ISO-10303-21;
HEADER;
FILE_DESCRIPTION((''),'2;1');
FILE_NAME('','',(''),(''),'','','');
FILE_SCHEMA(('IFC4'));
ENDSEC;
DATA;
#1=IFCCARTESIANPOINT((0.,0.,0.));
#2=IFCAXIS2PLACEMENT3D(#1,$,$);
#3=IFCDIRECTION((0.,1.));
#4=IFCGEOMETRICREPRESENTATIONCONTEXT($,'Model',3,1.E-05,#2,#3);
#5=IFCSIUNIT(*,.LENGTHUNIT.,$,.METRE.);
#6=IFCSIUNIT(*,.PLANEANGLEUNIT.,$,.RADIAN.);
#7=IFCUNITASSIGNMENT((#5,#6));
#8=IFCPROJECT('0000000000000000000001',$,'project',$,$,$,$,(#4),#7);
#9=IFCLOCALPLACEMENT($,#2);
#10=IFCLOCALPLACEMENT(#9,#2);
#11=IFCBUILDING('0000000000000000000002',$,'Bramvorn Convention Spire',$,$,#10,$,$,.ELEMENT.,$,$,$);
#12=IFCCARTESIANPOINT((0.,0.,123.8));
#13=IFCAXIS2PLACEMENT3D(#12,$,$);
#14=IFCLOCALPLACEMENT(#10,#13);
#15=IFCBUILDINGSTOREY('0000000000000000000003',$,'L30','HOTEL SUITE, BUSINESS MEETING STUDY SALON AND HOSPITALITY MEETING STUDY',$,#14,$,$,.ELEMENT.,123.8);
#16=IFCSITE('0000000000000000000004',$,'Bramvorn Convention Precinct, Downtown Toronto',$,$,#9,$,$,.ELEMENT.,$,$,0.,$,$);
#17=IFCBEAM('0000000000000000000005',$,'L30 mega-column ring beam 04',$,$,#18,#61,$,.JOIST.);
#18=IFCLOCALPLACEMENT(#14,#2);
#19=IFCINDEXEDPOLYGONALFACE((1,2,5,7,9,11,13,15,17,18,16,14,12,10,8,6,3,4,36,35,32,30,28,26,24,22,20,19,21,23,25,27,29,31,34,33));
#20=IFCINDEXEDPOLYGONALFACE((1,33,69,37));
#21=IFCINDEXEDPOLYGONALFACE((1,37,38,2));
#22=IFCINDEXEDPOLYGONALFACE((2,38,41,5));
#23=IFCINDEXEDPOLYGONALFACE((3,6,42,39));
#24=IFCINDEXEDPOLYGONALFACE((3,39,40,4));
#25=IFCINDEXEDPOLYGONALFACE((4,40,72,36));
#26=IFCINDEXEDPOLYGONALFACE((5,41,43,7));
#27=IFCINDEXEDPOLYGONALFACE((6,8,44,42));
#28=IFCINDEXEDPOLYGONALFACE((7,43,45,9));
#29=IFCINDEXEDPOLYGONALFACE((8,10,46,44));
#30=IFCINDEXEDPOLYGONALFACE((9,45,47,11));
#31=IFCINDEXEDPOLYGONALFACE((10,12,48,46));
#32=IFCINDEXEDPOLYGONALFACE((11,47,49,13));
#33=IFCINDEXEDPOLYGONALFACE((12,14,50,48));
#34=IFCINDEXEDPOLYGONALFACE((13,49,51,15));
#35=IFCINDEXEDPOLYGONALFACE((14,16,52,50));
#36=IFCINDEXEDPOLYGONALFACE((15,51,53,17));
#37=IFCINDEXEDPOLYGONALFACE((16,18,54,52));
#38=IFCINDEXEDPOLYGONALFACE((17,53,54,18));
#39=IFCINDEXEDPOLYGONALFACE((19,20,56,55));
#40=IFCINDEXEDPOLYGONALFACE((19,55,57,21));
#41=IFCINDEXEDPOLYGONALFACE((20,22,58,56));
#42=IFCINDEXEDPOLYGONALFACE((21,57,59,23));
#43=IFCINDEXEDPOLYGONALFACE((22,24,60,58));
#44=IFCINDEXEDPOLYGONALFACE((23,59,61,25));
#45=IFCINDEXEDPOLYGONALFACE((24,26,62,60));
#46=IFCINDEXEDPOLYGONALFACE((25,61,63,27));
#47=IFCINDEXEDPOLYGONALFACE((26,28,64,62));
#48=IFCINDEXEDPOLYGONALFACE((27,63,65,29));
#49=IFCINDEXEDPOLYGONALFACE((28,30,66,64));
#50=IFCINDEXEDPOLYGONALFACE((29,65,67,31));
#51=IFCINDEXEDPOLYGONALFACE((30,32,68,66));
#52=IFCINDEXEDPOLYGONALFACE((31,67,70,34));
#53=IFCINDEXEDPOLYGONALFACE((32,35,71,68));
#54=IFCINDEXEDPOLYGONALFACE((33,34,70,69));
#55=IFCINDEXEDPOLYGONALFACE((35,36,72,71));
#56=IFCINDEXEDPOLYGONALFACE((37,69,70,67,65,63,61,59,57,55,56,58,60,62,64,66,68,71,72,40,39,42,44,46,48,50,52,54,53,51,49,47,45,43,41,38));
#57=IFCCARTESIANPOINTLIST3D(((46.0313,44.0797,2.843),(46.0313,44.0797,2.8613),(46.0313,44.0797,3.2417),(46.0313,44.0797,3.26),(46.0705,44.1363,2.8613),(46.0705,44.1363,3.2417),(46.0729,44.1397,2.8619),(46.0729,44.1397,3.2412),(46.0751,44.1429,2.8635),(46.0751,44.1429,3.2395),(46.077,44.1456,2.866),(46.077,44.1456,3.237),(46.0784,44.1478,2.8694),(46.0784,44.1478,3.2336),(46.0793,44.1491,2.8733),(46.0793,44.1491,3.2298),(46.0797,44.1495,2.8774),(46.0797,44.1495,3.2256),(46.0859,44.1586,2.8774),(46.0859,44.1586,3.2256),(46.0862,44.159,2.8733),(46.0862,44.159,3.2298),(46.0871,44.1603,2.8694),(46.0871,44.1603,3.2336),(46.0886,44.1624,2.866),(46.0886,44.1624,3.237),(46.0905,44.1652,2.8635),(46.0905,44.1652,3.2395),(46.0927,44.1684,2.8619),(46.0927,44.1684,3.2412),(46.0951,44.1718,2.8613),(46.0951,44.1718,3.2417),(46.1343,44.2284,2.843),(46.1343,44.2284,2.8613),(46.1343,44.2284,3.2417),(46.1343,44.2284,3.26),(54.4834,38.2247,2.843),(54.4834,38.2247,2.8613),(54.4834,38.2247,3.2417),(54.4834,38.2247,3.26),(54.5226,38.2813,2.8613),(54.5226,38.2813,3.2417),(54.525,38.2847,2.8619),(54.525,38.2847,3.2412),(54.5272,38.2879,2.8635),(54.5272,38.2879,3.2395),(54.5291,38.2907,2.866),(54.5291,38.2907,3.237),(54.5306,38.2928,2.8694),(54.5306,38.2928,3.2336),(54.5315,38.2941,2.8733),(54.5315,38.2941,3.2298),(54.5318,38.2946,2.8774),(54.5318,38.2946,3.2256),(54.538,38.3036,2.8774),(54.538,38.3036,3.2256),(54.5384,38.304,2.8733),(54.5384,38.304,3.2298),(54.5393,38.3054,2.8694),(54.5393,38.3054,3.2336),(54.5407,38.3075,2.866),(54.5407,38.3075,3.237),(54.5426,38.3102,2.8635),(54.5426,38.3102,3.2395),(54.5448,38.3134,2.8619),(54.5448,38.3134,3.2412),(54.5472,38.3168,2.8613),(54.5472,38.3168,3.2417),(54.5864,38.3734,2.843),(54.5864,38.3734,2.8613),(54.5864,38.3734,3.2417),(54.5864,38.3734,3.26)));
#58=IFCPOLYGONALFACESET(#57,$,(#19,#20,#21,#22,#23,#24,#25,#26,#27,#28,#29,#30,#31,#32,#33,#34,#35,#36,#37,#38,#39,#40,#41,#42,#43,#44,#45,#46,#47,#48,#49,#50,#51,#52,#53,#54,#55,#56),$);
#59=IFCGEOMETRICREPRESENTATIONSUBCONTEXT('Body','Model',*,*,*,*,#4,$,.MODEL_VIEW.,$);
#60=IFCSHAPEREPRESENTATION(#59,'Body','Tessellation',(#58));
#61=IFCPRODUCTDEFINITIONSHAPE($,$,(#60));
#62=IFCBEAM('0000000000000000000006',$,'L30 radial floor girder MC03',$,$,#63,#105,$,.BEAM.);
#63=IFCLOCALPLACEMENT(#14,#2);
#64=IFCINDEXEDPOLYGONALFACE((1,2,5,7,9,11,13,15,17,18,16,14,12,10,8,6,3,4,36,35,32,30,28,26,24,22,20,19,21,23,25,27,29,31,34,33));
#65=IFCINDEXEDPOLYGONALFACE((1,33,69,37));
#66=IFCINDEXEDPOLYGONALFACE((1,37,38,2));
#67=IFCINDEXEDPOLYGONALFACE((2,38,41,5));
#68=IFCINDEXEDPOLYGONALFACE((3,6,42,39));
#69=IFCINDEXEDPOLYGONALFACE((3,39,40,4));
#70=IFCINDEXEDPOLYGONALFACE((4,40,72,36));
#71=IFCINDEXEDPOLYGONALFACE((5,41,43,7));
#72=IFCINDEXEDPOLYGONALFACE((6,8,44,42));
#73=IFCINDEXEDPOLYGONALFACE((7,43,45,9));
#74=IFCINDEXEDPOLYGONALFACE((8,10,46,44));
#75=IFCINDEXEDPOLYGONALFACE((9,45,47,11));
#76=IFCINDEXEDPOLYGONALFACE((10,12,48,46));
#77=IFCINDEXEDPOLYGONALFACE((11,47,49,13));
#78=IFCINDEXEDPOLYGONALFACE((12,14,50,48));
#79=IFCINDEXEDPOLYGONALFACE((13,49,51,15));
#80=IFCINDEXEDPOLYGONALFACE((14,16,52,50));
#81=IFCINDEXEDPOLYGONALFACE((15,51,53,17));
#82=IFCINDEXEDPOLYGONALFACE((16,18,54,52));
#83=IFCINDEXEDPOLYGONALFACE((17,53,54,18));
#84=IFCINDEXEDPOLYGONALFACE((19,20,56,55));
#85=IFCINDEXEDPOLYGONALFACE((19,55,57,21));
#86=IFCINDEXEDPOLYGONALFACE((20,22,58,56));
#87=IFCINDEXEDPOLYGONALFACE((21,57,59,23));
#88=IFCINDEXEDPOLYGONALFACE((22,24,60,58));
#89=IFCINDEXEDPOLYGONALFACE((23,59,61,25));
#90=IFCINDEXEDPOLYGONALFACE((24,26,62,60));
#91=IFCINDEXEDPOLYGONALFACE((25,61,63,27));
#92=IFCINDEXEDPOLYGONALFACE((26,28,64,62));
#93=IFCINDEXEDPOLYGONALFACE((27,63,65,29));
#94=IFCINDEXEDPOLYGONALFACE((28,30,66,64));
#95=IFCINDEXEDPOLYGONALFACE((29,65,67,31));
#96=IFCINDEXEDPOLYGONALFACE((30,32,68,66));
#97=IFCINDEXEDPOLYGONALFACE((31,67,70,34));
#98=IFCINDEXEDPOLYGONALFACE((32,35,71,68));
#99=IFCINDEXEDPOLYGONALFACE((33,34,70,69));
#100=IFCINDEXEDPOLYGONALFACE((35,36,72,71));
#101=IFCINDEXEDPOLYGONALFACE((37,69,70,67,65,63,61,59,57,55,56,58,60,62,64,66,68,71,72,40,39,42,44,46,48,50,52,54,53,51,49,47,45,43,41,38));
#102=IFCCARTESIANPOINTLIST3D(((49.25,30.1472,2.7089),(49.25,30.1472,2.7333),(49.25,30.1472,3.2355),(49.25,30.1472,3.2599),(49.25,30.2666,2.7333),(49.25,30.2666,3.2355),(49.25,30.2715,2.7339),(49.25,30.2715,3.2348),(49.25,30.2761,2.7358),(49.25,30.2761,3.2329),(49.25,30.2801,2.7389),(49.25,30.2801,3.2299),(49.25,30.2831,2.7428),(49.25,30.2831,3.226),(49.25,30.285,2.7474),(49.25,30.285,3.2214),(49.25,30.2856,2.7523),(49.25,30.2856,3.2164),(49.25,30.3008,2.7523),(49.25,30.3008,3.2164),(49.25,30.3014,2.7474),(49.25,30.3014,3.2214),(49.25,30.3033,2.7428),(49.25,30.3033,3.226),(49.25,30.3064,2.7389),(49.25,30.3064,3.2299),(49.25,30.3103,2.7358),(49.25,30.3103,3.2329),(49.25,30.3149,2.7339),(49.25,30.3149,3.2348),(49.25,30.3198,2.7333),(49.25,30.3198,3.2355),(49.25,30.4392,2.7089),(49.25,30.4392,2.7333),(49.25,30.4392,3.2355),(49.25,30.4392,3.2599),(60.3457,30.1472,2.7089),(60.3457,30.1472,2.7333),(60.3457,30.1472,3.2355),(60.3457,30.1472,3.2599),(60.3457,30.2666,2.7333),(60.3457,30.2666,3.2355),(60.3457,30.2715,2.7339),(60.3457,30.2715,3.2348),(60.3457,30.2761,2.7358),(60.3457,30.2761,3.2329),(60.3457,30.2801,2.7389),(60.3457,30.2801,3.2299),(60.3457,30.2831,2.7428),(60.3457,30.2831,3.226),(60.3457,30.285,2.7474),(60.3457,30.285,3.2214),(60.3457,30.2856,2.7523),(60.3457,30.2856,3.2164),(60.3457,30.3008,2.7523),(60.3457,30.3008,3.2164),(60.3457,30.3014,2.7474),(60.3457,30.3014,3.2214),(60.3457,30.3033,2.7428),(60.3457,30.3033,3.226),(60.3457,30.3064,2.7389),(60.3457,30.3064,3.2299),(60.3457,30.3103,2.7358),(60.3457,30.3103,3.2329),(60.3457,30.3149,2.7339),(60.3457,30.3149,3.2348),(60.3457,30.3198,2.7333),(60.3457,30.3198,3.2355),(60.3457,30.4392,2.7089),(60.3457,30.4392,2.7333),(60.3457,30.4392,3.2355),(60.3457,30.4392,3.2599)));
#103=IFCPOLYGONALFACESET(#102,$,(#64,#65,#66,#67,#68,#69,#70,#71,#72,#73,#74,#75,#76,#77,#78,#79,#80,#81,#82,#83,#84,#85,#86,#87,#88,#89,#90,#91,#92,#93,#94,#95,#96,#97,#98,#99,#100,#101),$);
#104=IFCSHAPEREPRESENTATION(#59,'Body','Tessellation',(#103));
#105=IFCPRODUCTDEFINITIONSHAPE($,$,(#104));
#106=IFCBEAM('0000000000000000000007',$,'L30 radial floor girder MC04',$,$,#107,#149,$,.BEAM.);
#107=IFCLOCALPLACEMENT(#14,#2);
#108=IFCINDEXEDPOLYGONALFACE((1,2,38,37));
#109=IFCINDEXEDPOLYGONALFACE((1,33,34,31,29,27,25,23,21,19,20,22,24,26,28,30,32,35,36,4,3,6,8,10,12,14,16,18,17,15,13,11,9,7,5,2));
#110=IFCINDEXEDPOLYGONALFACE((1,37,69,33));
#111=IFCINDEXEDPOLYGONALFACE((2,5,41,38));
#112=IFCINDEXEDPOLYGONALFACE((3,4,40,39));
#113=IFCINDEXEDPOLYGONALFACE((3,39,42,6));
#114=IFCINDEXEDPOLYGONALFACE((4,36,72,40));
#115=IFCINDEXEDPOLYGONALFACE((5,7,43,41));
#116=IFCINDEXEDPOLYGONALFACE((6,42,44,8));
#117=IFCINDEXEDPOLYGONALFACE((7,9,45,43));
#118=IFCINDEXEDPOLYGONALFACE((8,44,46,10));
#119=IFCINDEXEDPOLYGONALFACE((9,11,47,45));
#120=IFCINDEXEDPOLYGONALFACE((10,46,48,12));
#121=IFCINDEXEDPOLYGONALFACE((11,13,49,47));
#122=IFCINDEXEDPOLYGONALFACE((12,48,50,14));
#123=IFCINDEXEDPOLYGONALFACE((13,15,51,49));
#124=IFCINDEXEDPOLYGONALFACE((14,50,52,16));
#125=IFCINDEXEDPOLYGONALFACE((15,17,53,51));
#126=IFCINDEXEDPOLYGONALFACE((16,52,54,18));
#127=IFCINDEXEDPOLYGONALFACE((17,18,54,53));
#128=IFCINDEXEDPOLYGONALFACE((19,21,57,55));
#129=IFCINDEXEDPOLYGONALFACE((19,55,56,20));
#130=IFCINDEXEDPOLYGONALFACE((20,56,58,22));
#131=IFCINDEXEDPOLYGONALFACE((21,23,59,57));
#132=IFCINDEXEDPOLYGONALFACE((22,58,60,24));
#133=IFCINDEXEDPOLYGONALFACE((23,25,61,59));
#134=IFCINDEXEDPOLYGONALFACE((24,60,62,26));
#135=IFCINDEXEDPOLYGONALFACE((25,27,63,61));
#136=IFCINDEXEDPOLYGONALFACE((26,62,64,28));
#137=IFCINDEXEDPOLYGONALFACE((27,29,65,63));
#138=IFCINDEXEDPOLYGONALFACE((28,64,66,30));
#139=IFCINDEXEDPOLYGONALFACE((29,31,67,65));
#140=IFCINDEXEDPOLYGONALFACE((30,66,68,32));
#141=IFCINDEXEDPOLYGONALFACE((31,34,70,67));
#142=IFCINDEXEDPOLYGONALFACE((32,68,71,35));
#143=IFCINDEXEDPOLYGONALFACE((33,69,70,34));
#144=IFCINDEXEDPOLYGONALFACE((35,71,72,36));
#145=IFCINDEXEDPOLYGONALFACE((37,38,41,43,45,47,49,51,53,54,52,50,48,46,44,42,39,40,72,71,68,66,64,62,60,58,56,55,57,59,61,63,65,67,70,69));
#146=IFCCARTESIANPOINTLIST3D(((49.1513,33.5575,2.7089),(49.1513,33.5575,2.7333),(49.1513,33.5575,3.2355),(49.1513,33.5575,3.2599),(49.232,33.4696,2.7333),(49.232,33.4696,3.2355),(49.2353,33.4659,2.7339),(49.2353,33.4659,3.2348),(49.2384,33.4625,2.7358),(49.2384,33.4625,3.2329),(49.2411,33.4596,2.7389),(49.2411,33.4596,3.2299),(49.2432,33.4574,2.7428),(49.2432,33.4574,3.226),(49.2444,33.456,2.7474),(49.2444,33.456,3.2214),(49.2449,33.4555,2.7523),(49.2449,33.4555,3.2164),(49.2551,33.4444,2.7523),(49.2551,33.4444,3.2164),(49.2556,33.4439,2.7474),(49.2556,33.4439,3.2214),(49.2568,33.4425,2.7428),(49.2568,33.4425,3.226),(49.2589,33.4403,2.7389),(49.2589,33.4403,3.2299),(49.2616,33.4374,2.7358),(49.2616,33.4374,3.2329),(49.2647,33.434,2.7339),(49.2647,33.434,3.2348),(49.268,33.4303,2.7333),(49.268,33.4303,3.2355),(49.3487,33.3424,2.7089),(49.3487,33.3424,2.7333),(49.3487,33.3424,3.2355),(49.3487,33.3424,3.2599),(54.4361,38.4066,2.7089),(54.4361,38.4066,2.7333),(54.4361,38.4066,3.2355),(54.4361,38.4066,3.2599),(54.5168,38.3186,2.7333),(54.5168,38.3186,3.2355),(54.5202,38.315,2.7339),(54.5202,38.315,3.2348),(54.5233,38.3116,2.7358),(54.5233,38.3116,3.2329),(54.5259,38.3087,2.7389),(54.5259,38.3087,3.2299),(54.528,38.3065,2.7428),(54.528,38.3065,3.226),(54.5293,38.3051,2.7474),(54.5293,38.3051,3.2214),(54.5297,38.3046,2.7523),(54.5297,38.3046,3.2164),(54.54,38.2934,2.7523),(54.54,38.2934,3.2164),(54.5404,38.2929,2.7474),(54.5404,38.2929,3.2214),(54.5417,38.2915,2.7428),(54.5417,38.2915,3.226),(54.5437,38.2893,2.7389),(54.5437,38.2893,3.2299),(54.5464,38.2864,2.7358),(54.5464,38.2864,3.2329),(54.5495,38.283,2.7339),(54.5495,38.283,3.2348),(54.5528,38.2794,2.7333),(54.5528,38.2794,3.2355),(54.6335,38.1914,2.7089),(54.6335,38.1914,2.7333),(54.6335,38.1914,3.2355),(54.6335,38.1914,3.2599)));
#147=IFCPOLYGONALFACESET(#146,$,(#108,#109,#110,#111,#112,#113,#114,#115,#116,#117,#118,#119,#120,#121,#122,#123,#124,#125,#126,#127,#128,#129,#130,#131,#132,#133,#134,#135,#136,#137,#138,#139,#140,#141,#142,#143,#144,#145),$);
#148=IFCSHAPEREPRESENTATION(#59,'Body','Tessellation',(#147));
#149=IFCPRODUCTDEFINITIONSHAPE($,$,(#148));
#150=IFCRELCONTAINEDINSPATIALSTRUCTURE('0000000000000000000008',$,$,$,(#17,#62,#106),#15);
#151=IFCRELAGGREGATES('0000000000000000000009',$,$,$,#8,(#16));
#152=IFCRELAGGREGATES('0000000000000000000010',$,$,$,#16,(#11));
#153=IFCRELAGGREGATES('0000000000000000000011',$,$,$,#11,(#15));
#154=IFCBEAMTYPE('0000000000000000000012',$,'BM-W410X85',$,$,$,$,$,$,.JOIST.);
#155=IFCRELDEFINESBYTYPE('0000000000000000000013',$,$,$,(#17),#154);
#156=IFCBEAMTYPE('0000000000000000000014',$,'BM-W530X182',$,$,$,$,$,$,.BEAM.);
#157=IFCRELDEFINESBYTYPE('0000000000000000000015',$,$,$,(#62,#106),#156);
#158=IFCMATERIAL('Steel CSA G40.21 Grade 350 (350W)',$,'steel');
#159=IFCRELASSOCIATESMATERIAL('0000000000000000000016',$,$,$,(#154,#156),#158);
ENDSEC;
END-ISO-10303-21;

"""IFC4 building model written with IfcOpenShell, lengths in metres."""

from ifc_helpers import new_model, si_unit, direction, frame, origin, origin_2d, place, context, subcontext, project, spatial, i_section, extrude, material, material_profile, profile_set, type_object, element, save


model = new_model("IFC4")

# Units and contexts
model_context = context("Model", 3, precision=1e-05, world=origin(), true_north=direction((0.0, 1.0)))
body_context = subcontext(model_context, "Body", "Model", "MODEL_VIEW")
ifc_project = project(units=[si_unit("LENGTHUNIT", "METRE"), si_unit("PLANEANGLEUNIT", "RADIAN")], contexts=[model_context])

# Site, building, storey
site_placement = place(None, origin())
site = spatial("IfcSite", under=ifc_project, at=site_placement, Name="Bramvorn Convention Precinct, Downtown Toronto", CompositionType="ELEMENT", RefElevation=0.0)
building_placement = place(site_placement, origin())
building = spatial("IfcBuilding", under=site, at=building_placement, Name="Bramvorn Convention Spire", CompositionType="ELEMENT")
storey_placement = place(building_placement, frame((0.0, 0.0, 123.8)))
storey = spatial("IfcBuildingStorey", under=building, at=storey_placement, Name="L30", Description="HOTEL SUITE, BUSINESS MEETING STUDY SALON AND HOSPITALITY MEETING STUDY", CompositionType="ELEMENT", Elevation=123.8)

# Shared definitions
ifc_material_1 = material(Name="Steel CSA G40.21 Grade 350 (350W)", Category="steel")

# Beams
ifc_material_profile_1 = material_profile(ifc_material_1, i_section(OverallWidth=0.1809, OverallDepth=0.417, WebThickness=0.011, FlangeThickness=0.0183, FilletRadius=0.0161, at=origin_2d()))
ifc_profile_set_1 = profile_set([ifc_material_profile_1], Name="Steel CSA G40.21 Grade 350 (350W) - W410X85")
beam_type_1 = type_object("IfcBeamType", Name="BM-W410X85", PredefinedType="JOIST", material=ifc_profile_set_1)
beam_1_placement = place(storey_placement, frame((54.5349, 38.2991, 3.0515), z_axis=(-0.822033, 0.56944, 0.0), x_axis=(-0.56944, -0.822033, 0.0)))
element("IfcBeam", 1, at=beam_1_placement, inside=storey, type_object=beam_type_1, Name="L30 mega-column ring beam 04", PredefinedType="JOIST", context=body_context, shape_type="SweptSolid", body=[
    extrude(i_section(OverallWidth=0.1809, OverallDepth=0.417, WebThickness=0.011, FlangeThickness=0.0183, FilletRadius=0.0161, at=origin_2d()), origin(), (0.0, 0.0, 1.0), 10.282),
])
ifc_material_profile_2 = material_profile(ifc_material_1, i_section(OverallWidth=0.292, OverallDepth=0.551, WebThickness=0.0151, FlangeThickness=0.0244, FilletRadius=0.019, at=origin_2d()))
ifc_profile_set_2 = profile_set([ifc_material_profile_2], Name="Steel CSA G40.21 Grade 350 (350W) - W530X182")
beam_type_2 = type_object("IfcBeamType", Name="BM-W530X182", PredefinedType="BEAM", material=ifc_profile_set_2)
beam_2_placement = place(storey_placement, frame((49.25, 30.2932, 2.9844), z_axis=(1.0, 0.0, 0.0), x_axis=(0.0, 1.0, 0.0)))
element("IfcBeam", 2, at=beam_2_placement, inside=storey, type_object=beam_type_2, Name="L30 radial floor girder MC03", PredefinedType="BEAM", context=body_context, shape_type="SweptSolid", body=[
    extrude(i_section(OverallWidth=0.292, OverallDepth=0.551, WebThickness=0.0151, FlangeThickness=0.0244, FilletRadius=0.019, at=origin_2d()), origin(), (0.0, 0.0, 1.0), 11.0957),
])
beam_3_placement = place(storey_placement, frame((49.25, 33.45, 2.9844), z_axis=(0.736833, 0.676074, 0.0), x_axis=(-0.676074, 0.736833, 0.0)))
element("IfcBeam", 3, at=beam_3_placement, inside=storey, type_object=beam_type_2, Name="L30 radial floor girder MC04", PredefinedType="BEAM", context=body_context, shape_type="SweptSolid", body=[
    extrude(i_section(OverallWidth=0.292, OverallDepth=0.551, WebThickness=0.0151, FlangeThickness=0.0244, FilletRadius=0.019, at=origin_2d()), origin(), (0.0, 0.0, 1.0), 7.1724),
])

save(model, "model.ifc")
